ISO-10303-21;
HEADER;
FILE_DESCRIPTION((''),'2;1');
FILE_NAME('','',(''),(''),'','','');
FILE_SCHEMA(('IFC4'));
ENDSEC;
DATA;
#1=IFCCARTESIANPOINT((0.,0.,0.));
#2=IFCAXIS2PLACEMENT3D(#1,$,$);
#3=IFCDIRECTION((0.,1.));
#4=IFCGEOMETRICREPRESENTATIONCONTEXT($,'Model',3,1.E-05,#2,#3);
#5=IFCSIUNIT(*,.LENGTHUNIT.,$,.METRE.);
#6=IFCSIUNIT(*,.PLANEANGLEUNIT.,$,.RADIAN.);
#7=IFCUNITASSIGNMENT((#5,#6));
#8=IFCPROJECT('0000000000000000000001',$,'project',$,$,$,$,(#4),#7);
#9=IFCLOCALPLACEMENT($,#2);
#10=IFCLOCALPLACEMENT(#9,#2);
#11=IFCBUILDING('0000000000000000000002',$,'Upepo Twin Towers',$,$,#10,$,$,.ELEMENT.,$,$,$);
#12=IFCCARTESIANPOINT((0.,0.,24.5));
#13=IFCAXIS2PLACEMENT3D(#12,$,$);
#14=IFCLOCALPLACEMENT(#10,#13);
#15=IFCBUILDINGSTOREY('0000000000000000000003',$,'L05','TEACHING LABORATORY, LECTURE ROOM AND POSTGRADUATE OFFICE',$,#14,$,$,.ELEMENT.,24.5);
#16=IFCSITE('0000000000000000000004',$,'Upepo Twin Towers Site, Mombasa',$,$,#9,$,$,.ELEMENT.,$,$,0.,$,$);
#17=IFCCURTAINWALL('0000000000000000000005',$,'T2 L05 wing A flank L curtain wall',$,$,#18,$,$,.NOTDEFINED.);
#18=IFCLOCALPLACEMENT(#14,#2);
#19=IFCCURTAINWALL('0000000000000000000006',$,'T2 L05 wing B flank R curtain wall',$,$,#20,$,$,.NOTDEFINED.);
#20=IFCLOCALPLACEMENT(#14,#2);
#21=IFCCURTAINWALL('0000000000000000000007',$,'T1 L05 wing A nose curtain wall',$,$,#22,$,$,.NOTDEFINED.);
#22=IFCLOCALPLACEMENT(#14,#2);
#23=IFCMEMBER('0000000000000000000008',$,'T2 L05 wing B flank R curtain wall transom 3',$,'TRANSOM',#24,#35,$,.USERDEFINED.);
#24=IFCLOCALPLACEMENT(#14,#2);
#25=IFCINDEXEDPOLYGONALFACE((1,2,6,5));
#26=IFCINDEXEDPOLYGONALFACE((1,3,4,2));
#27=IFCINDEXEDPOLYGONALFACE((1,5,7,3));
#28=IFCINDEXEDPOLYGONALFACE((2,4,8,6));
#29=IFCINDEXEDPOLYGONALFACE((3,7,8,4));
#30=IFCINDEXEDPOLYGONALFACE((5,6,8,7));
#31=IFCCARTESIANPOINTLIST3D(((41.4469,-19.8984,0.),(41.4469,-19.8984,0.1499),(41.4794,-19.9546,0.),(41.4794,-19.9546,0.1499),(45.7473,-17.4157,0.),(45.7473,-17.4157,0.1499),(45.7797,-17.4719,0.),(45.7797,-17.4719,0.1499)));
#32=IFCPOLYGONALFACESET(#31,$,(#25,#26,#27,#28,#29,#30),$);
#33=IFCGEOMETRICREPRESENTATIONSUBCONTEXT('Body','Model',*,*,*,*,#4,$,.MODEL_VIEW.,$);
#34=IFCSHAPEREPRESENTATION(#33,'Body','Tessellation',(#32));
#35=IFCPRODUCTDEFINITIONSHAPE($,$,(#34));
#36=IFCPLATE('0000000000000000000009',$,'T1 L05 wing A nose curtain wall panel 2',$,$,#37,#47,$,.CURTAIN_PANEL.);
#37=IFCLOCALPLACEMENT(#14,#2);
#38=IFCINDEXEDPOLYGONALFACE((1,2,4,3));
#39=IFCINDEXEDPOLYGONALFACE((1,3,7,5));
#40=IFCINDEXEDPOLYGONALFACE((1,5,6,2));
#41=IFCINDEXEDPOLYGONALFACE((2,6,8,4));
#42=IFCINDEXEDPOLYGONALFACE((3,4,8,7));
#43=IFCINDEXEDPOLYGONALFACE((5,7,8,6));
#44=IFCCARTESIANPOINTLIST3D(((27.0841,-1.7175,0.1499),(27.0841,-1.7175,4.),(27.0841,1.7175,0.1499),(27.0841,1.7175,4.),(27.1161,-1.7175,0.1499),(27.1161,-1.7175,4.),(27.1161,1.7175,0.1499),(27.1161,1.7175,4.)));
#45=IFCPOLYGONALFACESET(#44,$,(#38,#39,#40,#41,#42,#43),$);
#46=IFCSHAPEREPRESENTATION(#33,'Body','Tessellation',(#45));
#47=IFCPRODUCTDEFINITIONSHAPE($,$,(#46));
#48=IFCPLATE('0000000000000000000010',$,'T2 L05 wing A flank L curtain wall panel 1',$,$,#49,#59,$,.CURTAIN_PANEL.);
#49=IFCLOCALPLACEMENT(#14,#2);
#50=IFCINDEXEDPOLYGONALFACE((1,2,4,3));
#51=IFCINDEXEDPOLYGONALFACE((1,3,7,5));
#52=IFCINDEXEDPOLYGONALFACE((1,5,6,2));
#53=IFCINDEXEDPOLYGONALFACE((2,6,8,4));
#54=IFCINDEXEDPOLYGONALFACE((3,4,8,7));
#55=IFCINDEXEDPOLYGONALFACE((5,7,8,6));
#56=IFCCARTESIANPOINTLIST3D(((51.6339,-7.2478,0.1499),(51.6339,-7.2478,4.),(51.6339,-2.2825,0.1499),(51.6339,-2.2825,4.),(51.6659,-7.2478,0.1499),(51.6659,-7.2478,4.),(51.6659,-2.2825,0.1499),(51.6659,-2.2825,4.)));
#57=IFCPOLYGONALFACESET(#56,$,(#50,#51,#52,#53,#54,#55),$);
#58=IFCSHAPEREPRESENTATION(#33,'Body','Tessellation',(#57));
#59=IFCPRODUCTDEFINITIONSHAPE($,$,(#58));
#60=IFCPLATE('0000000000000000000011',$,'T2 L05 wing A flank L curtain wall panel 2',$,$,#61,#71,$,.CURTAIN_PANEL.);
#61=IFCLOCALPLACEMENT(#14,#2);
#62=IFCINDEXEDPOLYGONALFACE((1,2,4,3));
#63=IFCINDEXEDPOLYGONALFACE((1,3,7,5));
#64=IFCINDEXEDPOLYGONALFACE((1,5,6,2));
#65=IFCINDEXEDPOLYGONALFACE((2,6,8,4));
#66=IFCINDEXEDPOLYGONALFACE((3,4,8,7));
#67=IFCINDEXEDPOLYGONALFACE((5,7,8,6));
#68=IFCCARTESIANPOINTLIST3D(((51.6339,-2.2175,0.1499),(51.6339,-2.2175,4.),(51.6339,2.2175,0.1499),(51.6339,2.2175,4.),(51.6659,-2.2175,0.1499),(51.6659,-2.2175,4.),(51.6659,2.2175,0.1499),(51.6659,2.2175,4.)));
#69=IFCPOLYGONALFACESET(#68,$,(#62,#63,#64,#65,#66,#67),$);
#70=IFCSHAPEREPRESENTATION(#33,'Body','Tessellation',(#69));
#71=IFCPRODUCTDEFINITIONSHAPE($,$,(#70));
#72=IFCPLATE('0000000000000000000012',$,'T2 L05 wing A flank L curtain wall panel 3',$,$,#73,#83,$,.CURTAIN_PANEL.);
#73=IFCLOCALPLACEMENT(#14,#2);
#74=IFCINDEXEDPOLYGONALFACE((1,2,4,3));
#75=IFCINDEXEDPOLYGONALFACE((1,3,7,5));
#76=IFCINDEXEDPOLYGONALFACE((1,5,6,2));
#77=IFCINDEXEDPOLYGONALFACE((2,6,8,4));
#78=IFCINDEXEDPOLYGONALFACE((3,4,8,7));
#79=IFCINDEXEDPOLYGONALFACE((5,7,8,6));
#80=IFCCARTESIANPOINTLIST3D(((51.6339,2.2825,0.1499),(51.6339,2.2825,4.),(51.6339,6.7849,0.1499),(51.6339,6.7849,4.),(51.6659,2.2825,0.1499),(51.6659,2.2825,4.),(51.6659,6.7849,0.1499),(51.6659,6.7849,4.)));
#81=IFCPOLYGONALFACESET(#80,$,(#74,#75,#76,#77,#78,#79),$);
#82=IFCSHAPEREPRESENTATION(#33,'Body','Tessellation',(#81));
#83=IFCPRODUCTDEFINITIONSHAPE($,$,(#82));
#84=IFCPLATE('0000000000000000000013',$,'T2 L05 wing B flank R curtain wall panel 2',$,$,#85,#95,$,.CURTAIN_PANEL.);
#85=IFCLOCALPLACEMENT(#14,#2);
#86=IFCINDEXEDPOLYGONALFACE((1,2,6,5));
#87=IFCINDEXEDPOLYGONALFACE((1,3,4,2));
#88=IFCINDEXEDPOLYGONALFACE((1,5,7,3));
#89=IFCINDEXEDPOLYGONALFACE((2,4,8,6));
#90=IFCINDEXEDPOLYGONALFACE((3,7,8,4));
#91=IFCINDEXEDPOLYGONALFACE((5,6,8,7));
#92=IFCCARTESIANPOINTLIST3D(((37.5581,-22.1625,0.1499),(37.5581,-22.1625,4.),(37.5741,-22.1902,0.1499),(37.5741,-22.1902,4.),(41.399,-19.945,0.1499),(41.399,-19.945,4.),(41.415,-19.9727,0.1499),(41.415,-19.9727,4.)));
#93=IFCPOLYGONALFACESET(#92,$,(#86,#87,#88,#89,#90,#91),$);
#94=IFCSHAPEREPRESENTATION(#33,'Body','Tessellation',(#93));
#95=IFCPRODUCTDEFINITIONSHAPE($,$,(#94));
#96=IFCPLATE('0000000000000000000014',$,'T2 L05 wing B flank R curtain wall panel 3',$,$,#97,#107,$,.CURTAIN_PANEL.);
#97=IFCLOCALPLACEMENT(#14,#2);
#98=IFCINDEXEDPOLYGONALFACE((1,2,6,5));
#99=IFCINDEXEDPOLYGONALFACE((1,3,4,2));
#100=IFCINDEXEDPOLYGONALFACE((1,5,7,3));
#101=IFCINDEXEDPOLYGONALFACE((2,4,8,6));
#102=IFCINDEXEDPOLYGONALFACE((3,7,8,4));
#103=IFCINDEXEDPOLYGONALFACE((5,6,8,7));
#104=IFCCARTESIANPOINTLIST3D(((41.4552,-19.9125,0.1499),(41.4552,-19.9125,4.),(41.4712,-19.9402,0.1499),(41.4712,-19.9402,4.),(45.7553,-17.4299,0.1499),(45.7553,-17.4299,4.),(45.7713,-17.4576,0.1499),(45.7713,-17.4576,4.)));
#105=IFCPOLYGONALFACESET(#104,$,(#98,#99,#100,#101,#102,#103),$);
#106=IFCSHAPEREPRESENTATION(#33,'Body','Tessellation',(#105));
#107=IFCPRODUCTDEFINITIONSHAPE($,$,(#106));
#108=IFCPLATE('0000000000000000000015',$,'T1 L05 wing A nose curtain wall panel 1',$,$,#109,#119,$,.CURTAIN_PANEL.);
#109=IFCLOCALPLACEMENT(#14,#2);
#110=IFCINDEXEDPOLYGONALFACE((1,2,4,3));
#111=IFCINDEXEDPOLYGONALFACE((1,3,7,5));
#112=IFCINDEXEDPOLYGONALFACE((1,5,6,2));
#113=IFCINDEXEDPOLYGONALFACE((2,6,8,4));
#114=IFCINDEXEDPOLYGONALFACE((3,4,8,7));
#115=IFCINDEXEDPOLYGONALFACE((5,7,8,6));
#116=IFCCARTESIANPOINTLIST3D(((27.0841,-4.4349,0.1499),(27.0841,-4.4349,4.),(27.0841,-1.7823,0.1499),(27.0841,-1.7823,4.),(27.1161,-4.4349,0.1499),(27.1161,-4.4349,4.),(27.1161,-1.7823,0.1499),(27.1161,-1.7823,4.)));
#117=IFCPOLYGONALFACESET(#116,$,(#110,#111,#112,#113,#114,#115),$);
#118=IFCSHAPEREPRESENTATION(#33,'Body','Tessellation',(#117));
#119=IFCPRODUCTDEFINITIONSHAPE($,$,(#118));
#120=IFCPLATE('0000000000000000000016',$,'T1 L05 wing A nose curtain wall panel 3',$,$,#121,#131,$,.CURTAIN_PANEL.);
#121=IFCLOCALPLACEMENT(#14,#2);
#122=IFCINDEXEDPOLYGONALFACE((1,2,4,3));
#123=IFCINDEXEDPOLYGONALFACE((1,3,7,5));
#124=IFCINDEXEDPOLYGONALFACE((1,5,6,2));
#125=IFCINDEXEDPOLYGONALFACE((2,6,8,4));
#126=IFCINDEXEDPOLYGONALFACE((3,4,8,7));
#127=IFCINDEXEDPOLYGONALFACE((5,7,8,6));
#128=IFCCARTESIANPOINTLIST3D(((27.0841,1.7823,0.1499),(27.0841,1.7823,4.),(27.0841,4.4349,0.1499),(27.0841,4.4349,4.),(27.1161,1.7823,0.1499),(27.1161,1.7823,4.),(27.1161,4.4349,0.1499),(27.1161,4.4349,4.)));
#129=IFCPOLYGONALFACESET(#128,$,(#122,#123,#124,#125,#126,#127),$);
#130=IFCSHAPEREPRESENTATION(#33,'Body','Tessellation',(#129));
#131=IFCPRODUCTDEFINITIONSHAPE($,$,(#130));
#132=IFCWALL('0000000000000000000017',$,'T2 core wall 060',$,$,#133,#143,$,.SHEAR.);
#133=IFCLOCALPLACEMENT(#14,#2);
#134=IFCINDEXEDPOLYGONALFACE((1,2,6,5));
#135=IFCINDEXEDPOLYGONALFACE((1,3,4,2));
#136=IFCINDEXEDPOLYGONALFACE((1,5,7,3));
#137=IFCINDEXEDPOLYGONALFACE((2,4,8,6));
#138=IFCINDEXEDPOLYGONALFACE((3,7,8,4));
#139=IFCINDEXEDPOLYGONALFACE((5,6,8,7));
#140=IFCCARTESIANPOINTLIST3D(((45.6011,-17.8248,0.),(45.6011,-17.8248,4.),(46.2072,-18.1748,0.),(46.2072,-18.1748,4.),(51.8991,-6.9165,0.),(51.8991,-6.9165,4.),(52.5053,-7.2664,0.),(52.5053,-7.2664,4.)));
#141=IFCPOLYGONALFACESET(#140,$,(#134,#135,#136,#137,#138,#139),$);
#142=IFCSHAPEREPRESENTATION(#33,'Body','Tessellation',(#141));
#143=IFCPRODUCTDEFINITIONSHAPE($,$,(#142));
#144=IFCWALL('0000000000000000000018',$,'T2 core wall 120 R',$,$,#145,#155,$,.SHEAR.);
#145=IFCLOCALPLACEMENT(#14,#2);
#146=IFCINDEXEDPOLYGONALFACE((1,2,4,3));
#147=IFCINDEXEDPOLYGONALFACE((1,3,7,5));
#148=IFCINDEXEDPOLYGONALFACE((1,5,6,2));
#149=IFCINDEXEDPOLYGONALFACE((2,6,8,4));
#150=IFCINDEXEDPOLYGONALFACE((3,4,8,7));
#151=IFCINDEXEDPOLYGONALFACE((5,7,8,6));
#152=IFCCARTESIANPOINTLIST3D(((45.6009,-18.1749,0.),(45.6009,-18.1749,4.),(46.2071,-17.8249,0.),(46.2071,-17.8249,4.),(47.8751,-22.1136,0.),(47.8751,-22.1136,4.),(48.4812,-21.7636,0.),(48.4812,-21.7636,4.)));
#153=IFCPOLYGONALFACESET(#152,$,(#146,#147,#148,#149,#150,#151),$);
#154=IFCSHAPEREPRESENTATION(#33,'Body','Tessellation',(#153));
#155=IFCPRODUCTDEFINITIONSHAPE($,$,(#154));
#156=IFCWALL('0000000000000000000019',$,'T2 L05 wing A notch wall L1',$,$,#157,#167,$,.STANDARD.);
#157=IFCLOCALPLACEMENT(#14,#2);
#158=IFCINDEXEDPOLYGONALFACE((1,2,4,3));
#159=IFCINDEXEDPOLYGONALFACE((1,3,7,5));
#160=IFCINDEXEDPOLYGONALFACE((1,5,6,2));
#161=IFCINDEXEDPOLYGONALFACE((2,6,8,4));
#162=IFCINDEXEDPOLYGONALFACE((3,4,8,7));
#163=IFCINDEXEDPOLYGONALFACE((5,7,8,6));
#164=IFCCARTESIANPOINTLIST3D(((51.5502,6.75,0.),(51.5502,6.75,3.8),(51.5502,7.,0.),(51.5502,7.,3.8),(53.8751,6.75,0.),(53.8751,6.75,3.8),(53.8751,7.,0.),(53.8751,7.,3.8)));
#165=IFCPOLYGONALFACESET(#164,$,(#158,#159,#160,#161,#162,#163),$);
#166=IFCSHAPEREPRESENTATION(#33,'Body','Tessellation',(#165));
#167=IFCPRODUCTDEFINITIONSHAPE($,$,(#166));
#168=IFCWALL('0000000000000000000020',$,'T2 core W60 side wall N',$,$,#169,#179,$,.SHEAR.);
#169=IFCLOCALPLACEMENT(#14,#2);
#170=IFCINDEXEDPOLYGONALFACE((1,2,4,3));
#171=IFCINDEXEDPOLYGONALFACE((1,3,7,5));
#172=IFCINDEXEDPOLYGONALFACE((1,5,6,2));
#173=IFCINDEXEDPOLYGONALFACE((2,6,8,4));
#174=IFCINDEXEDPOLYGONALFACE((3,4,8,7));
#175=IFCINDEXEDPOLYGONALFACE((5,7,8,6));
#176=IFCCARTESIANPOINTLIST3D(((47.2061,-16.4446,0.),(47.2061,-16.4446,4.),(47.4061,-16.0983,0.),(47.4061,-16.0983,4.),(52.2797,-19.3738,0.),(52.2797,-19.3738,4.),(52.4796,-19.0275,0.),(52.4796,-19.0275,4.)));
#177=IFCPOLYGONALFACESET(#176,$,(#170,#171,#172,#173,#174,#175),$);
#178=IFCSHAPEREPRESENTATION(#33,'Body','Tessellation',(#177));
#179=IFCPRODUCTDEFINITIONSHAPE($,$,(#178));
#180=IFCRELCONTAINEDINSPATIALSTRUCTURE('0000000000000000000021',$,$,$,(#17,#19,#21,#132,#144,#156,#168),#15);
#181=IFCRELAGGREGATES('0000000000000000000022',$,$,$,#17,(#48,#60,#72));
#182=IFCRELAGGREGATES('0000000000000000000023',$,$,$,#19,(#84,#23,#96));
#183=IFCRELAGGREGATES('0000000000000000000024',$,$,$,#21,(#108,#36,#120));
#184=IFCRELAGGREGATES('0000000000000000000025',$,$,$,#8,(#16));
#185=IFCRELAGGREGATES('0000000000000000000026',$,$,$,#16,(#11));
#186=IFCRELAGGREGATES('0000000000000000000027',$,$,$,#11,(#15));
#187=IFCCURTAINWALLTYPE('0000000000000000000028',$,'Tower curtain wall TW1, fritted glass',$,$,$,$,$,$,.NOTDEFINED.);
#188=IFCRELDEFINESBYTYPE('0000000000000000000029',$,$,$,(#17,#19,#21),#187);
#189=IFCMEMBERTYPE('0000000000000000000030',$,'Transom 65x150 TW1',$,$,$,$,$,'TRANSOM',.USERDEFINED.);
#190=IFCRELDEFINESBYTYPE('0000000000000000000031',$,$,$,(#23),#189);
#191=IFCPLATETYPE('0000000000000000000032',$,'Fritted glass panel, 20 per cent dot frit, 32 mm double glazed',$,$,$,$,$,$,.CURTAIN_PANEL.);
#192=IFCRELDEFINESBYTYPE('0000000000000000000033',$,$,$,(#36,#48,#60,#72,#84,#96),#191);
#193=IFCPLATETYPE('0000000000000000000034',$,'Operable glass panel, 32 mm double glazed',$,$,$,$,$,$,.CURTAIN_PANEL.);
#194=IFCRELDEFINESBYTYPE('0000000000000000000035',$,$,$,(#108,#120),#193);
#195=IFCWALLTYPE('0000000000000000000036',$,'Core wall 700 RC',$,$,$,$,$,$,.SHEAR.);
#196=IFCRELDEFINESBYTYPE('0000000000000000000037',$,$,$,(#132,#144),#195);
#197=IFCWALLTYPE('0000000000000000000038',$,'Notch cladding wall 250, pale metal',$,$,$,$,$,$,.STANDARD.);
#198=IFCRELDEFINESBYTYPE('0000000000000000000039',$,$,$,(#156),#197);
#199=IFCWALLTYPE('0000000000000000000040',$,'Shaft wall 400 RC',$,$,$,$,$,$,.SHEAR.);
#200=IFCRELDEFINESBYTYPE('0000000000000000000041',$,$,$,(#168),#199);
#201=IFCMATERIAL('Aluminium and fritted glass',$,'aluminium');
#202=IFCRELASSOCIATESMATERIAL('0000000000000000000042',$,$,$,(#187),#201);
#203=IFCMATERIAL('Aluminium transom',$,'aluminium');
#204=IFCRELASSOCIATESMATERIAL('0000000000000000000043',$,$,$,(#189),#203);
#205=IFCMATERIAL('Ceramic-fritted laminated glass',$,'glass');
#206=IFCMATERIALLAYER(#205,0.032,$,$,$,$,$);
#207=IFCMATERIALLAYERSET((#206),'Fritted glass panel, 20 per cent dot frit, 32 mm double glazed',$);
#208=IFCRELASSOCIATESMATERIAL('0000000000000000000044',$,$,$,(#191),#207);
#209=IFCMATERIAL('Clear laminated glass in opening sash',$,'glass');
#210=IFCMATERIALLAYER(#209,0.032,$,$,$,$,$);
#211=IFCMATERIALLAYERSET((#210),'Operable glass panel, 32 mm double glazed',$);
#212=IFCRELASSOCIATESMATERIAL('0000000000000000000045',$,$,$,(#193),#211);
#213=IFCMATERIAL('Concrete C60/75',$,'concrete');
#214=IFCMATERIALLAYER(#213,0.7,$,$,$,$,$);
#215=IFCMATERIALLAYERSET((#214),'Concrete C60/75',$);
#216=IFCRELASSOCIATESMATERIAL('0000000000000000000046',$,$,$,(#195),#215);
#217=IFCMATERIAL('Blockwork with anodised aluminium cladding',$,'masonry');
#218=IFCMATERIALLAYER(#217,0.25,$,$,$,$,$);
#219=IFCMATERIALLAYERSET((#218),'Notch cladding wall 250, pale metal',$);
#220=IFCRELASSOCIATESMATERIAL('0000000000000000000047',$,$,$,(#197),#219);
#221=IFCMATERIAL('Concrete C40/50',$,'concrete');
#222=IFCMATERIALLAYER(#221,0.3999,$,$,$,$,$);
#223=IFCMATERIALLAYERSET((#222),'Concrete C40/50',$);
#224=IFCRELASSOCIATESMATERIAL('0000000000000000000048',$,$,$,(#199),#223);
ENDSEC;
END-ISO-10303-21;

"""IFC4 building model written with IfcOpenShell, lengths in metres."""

from ifc_helpers import new_model, si_unit, direction, frame, frame_2d, origin, origin_2d, place, context, subcontext, project, spatial, rectangle, extrude, material, layer, layer_set, material_profile, profile_set, type_object, element, aggregate, save


model = new_model("IFC4")

# Units and contexts
model_context = context("Model", 3, precision=1e-05, world=origin(), true_north=direction((0.0, 1.0)))
body_context = subcontext(model_context, "Body", "Model", "MODEL_VIEW")
ifc_project = project(units=[si_unit("LENGTHUNIT", "METRE"), si_unit("PLANEANGLEUNIT", "RADIAN")], contexts=[model_context])

# Site, building, storey
site_placement = place(None, origin())
site = spatial("IfcSite", under=ifc_project, at=site_placement, Name="Upepo Twin Towers Site, Mombasa", CompositionType="ELEMENT", RefElevation=0.0)
building_placement = place(site_placement, origin())
building = spatial("IfcBuilding", under=site, at=building_placement, Name="Upepo Twin Towers", CompositionType="ELEMENT")
storey_placement = place(building_placement, frame((0.0, 0.0, 24.5)))
storey = spatial("IfcBuildingStorey", under=building, at=storey_placement, Name="L05", Description="TEACHING LABORATORY, LECTURE ROOM AND POSTGRADUATE OFFICE", CompositionType="ELEMENT", Elevation=24.5)

# Curtain walls
ifc_material_1 = material(Name="Aluminium and fritted glass", Category="aluminium")
curtain_wall_type = type_object("IfcCurtainWallType", Name="Tower curtain wall TW1, fritted glass", PredefinedType="NOTDEFINED", material=ifc_material_1)
curtain_wall_1_placement = place(storey_placement, origin())
curtain_wall_1 = element("IfcCurtainWall", 1, at=curtain_wall_1_placement, inside=storey, type_object=curtain_wall_type, Name="T2 L05 wing A flank L curtain wall", PredefinedType="NOTDEFINED")
curtain_wall_2_placement = place(storey_placement, origin())
curtain_wall_2 = element("IfcCurtainWall", 2, at=curtain_wall_2_placement, inside=storey, type_object=curtain_wall_type, Name="T2 L05 wing B flank R curtain wall", PredefinedType="NOTDEFINED")
curtain_wall_3_placement = place(storey_placement, origin())
curtain_wall_3 = element("IfcCurtainWall", 3, at=curtain_wall_3_placement, inside=storey, type_object=curtain_wall_type, Name="T1 L05 wing A nose curtain wall", PredefinedType="NOTDEFINED")
ifc_material_2 = material(Name="Aluminium transom", Category="aluminium")
ifc_material_profile_1 = material_profile(ifc_material_2, rectangle(XDim=0.0649, YDim=0.1499, at=origin_2d()), Name="TRANSOM 65x150")
ifc_profile_set_1 = profile_set([ifc_material_profile_1], Name="Aluminium transom")
member_type_1 = type_object("IfcMemberType", Name="Transom 65x150 TW1", ElementType="TRANSOM", PredefinedType="USERDEFINED", material=ifc_profile_set_1)

# Member
member_1_placement = place(storey_placement, frame((41.4631, -19.9265, 0.075), z_axis=(0.866035, 0.499983, 0.0), x_axis=(-0.499983, 0.866035, 0.0)))
member_1 = element("IfcMember", 4, at=member_1_placement, type_object=member_type_1, Name="T2 L05 wing B flank R curtain wall transom 3", ObjectType="TRANSOM", PredefinedType="USERDEFINED", context=body_context, shape_type="SweptSolid", body=[
    extrude(rectangle(XDim=0.0649, YDim=0.1499, at=origin_2d()), origin(), (0.0, 0.0, 1.0), 4.9656),
])

# Plates
ifc_material_3 = material(Name="Ceramic-fritted laminated glass", Category="glass")
ifc_layer_1 = layer(ifc_material_3, 0.032)
ifc_layer_set_1 = layer_set([ifc_layer_1], Name="Fritted glass panel, 20 per cent dot frit, 32 mm double glazed")
plate_type_1 = type_object("IfcPlateType", Name="Fritted glass panel, 20 per cent dot frit, 32 mm double glazed", PredefinedType="CURTAIN_PANEL", material=ifc_layer_set_1)
plate_1_placement = place(storey_placement, frame((27.1001, 0.0, 0.1499), z_axis=(0.0, 0.0, 1.0), x_axis=(0.0, 1.0, 0.0)))
plate_1 = element("IfcPlate", 5, at=plate_1_placement, type_object=plate_type_1, Name="T1 L05 wing A nose curtain wall panel 2", PredefinedType="CURTAIN_PANEL", context=body_context, shape_type="SweptSolid", body=[
    extrude(rectangle(XDim=3.4351, YDim=0.032, at=origin_2d()), origin(), (0.0, 0.0, 1.0), 3.8501),
])
plate_2_placement = place(storey_placement, frame((51.6499, -4.7651, 0.1499), z_axis=(0.0, 0.0, 1.0), x_axis=(0.0, 1.0, 0.0)))
plate_2 = element("IfcPlate", 6, at=plate_2_placement, type_object=plate_type_1, Name="T2 L05 wing A flank L curtain wall panel 1", PredefinedType="CURTAIN_PANEL", context=body_context, shape_type="SweptSolid", body=[
    extrude(rectangle(XDim=4.9653, YDim=0.032, at=origin_2d()), origin(), (0.0, 0.0, 1.0), 3.8501),
])
plate_3_placement = place(storey_placement, frame((51.6499, 0.0, 0.1499), z_axis=(0.0, 0.0, 1.0), x_axis=(0.0, 1.0, 0.0)))
plate_3 = element("IfcPlate", 7, at=plate_3_placement, type_object=plate_type_1, Name="T2 L05 wing A flank L curtain wall panel 2", PredefinedType="CURTAIN_PANEL", context=body_context, shape_type="SweptSolid", body=[
    extrude(rectangle(XDim=4.4351, YDim=0.032, at=origin_2d()), origin(), (0.0, 0.0, 1.0), 3.8501),
])
plate_4_placement = place(storey_placement, frame((51.6499, 4.5337, 0.1499), z_axis=(0.0, 0.0, 1.0), x_axis=(0.0, 1.0, 0.0)))
plate_4 = element("IfcPlate", 8, at=plate_4_placement, type_object=plate_type_1, Name="T2 L05 wing A flank L curtain wall panel 3", PredefinedType="CURTAIN_PANEL", context=body_context, shape_type="SweptSolid", body=[
    extrude(rectangle(XDim=4.5024, YDim=0.032, at=origin_2d()), origin(), (0.0, 0.0, 1.0), 3.8501),
])
aggregate(curtain_wall_1, [plate_2, plate_3, plate_4])
plate_5_placement = place(storey_placement, frame((39.4866, -21.0676, 0.1499), z_axis=(0.0, 0.0, 1.0), x_axis=(0.866025, 0.5, 0.0)))
plate_5 = element("IfcPlate", 9, at=plate_5_placement, type_object=plate_type_1, Name="T2 L05 wing B flank R curtain wall panel 2", PredefinedType="CURTAIN_PANEL", context=body_context, shape_type="SweptSolid", body=[
    extrude(rectangle(XDim=4.4351, YDim=0.032, at=origin_2d()), origin(), (0.0, 0.0, 1.0), 3.8501),
])
plate_6_placement = place(storey_placement, frame((43.6133, -18.6851, 0.1499), z_axis=(0.0, 0.0, 1.0), x_axis=(0.866025, 0.5, 0.0)))
plate_6 = element("IfcPlate", 10, at=plate_6_placement, type_object=plate_type_1, Name="T2 L05 wing B flank R curtain wall panel 3", PredefinedType="CURTAIN_PANEL", context=body_context, shape_type="SweptSolid", body=[
    extrude(rectangle(XDim=4.9653, YDim=0.032, at=origin_2d()), origin(), (0.0, 0.0, 1.0), 3.8501),
])
aggregate(curtain_wall_2, [plate_5, member_1, plate_6])
ifc_material_4 = material(Name="Clear laminated glass in opening sash", Category="glass")
ifc_layer_2 = layer(ifc_material_4, 0.032)
ifc_layer_set_2 = layer_set([ifc_layer_2], Name="Operable glass panel, 32 mm double glazed")
plate_type_2 = type_object("IfcPlateType", Name="Operable glass panel, 32 mm double glazed", PredefinedType="CURTAIN_PANEL", material=ifc_layer_set_2)
plate_7_placement = place(storey_placement, frame((27.1001, -3.1086, 0.1499), z_axis=(0.0, 0.0, 1.0), x_axis=(0.0, 1.0, 0.0)))
plate_7 = element("IfcPlate", 11, at=plate_7_placement, type_object=plate_type_2, Name="T1 L05 wing A nose curtain wall panel 1", PredefinedType="CURTAIN_PANEL", context=body_context, shape_type="SweptSolid", body=[
    extrude(rectangle(XDim=2.6526, YDim=0.032, at=origin_2d()), origin(), (0.0, 0.0, 1.0), 3.8501),
])
plate_8_placement = place(storey_placement, frame((27.1001, 3.1086, 0.1499), z_axis=(0.0, 0.0, 1.0), x_axis=(0.0, 1.0, 0.0)))
plate_8 = element("IfcPlate", 12, at=plate_8_placement, type_object=plate_type_2, Name="T1 L05 wing A nose curtain wall panel 3", PredefinedType="CURTAIN_PANEL", context=body_context, shape_type="SweptSolid", body=[
    extrude(rectangle(XDim=2.6526, YDim=0.032, at=origin_2d()), origin(), (0.0, 0.0, 1.0), 3.8501),
])
aggregate(curtain_wall_3, [plate_7, plate_1, plate_8])

# Walls
ifc_material_5 = material(Name="Concrete C60/75", Category="concrete")
ifc_layer_3 = layer(ifc_material_5, 0.7)
ifc_layer_set_3 = layer_set([ifc_layer_3], Name="Concrete C60/75")
wall_type_1 = type_object("IfcWallType", Name="Core wall 700 RC", PredefinedType="SHEAR", material=ifc_layer_set_3)
wall_1_placement = place(storey_placement, frame((52.2021, -7.0916, 0.0), z_axis=(0.0, 0.0, 1.0), x_axis=(-0.500006, -0.866022, 0.0)))
element("IfcWall", 13, at=wall_1_placement, inside=storey, type_object=wall_type_1, Name="T2 core wall 060", PredefinedType="SHEAR", context=body_context, shape_type="SweptSolid", body=[
    extrude(rectangle(XDim=12.5959, YDim=0.7, at=frame_2d((6.2979, 0.0))), origin(), (0.0, 0.0, 1.0), 4.0),
])
wall_2_placement = place(storey_placement, frame((45.9041, -18.0, 0.0), z_axis=(0.0, 0.0, 1.0), x_axis=(0.500024, -0.866011, 0.0)))
element("IfcWall", 14, at=wall_2_placement, inside=storey, type_object=wall_type_1, Name="T2 core wall 120 R", PredefinedType="SHEAR", context=body_context, shape_type="SweptSolid", body=[
    extrude(rectangle(XDim=4.5481, YDim=0.7, at=frame_2d((2.2739, 0.0))), origin(), (0.0, 0.0, 1.0), 4.0),
])
ifc_material_6 = material(Name="Blockwork with anodised aluminium cladding", Category="masonry")
ifc_layer_4 = layer(ifc_material_6, 0.25)
ifc_layer_set_4 = layer_set([ifc_layer_4], Name="Notch cladding wall 250, pale metal")
wall_type_2 = type_object("IfcWallType", Name="Notch cladding wall 250, pale metal", PredefinedType="STANDARD", material=ifc_layer_set_4)
wall_3_placement = place(storey_placement, frame((51.55, 6.875, 0.0), z_axis=(0.0, 0.0, 1.0), x_axis=(1.0, 0.0, 0.0)))
element("IfcWall", 15, at=wall_3_placement, inside=storey, type_object=wall_type_2, Name="T2 L05 wing A notch wall L1", PredefinedType="STANDARD", context=body_context, shape_type="SweptSolid", body=[
    extrude(rectangle(XDim=2.325, YDim=0.25, at=frame_2d((1.1626, 0.0))), origin(), (0.0, 0.0, 1.0), 3.8),
])
ifc_material_7 = material(Name="Concrete C40/50", Category="concrete")
ifc_layer_5 = layer(ifc_material_7, 0.3999)
ifc_layer_set_5 = layer_set([ifc_layer_5], Name="Concrete C40/50")
wall_type_3 = type_object("IfcWallType", Name="Shaft wall 400 RC", PredefinedType="SHEAR", material=ifc_layer_set_5)
wall_4_placement = place(storey_placement, frame((52.3796, -19.2007, 0.0), z_axis=(0.0, 0.0, 1.0), x_axis=(-0.866024, 0.500003, 0.0)))
element("IfcWall", 16, at=wall_4_placement, inside=storey, type_object=wall_type_3, Name="T2 core W60 side wall N", PredefinedType="SHEAR", context=body_context, shape_type="SweptSolid", body=[
    extrude(rectangle(XDim=5.8584, YDim=0.3999, at=frame_2d((2.9292, 0.0))), origin(), (0.0, 0.0, 1.0), 4.0),
])

save(model, "model.ifc")
